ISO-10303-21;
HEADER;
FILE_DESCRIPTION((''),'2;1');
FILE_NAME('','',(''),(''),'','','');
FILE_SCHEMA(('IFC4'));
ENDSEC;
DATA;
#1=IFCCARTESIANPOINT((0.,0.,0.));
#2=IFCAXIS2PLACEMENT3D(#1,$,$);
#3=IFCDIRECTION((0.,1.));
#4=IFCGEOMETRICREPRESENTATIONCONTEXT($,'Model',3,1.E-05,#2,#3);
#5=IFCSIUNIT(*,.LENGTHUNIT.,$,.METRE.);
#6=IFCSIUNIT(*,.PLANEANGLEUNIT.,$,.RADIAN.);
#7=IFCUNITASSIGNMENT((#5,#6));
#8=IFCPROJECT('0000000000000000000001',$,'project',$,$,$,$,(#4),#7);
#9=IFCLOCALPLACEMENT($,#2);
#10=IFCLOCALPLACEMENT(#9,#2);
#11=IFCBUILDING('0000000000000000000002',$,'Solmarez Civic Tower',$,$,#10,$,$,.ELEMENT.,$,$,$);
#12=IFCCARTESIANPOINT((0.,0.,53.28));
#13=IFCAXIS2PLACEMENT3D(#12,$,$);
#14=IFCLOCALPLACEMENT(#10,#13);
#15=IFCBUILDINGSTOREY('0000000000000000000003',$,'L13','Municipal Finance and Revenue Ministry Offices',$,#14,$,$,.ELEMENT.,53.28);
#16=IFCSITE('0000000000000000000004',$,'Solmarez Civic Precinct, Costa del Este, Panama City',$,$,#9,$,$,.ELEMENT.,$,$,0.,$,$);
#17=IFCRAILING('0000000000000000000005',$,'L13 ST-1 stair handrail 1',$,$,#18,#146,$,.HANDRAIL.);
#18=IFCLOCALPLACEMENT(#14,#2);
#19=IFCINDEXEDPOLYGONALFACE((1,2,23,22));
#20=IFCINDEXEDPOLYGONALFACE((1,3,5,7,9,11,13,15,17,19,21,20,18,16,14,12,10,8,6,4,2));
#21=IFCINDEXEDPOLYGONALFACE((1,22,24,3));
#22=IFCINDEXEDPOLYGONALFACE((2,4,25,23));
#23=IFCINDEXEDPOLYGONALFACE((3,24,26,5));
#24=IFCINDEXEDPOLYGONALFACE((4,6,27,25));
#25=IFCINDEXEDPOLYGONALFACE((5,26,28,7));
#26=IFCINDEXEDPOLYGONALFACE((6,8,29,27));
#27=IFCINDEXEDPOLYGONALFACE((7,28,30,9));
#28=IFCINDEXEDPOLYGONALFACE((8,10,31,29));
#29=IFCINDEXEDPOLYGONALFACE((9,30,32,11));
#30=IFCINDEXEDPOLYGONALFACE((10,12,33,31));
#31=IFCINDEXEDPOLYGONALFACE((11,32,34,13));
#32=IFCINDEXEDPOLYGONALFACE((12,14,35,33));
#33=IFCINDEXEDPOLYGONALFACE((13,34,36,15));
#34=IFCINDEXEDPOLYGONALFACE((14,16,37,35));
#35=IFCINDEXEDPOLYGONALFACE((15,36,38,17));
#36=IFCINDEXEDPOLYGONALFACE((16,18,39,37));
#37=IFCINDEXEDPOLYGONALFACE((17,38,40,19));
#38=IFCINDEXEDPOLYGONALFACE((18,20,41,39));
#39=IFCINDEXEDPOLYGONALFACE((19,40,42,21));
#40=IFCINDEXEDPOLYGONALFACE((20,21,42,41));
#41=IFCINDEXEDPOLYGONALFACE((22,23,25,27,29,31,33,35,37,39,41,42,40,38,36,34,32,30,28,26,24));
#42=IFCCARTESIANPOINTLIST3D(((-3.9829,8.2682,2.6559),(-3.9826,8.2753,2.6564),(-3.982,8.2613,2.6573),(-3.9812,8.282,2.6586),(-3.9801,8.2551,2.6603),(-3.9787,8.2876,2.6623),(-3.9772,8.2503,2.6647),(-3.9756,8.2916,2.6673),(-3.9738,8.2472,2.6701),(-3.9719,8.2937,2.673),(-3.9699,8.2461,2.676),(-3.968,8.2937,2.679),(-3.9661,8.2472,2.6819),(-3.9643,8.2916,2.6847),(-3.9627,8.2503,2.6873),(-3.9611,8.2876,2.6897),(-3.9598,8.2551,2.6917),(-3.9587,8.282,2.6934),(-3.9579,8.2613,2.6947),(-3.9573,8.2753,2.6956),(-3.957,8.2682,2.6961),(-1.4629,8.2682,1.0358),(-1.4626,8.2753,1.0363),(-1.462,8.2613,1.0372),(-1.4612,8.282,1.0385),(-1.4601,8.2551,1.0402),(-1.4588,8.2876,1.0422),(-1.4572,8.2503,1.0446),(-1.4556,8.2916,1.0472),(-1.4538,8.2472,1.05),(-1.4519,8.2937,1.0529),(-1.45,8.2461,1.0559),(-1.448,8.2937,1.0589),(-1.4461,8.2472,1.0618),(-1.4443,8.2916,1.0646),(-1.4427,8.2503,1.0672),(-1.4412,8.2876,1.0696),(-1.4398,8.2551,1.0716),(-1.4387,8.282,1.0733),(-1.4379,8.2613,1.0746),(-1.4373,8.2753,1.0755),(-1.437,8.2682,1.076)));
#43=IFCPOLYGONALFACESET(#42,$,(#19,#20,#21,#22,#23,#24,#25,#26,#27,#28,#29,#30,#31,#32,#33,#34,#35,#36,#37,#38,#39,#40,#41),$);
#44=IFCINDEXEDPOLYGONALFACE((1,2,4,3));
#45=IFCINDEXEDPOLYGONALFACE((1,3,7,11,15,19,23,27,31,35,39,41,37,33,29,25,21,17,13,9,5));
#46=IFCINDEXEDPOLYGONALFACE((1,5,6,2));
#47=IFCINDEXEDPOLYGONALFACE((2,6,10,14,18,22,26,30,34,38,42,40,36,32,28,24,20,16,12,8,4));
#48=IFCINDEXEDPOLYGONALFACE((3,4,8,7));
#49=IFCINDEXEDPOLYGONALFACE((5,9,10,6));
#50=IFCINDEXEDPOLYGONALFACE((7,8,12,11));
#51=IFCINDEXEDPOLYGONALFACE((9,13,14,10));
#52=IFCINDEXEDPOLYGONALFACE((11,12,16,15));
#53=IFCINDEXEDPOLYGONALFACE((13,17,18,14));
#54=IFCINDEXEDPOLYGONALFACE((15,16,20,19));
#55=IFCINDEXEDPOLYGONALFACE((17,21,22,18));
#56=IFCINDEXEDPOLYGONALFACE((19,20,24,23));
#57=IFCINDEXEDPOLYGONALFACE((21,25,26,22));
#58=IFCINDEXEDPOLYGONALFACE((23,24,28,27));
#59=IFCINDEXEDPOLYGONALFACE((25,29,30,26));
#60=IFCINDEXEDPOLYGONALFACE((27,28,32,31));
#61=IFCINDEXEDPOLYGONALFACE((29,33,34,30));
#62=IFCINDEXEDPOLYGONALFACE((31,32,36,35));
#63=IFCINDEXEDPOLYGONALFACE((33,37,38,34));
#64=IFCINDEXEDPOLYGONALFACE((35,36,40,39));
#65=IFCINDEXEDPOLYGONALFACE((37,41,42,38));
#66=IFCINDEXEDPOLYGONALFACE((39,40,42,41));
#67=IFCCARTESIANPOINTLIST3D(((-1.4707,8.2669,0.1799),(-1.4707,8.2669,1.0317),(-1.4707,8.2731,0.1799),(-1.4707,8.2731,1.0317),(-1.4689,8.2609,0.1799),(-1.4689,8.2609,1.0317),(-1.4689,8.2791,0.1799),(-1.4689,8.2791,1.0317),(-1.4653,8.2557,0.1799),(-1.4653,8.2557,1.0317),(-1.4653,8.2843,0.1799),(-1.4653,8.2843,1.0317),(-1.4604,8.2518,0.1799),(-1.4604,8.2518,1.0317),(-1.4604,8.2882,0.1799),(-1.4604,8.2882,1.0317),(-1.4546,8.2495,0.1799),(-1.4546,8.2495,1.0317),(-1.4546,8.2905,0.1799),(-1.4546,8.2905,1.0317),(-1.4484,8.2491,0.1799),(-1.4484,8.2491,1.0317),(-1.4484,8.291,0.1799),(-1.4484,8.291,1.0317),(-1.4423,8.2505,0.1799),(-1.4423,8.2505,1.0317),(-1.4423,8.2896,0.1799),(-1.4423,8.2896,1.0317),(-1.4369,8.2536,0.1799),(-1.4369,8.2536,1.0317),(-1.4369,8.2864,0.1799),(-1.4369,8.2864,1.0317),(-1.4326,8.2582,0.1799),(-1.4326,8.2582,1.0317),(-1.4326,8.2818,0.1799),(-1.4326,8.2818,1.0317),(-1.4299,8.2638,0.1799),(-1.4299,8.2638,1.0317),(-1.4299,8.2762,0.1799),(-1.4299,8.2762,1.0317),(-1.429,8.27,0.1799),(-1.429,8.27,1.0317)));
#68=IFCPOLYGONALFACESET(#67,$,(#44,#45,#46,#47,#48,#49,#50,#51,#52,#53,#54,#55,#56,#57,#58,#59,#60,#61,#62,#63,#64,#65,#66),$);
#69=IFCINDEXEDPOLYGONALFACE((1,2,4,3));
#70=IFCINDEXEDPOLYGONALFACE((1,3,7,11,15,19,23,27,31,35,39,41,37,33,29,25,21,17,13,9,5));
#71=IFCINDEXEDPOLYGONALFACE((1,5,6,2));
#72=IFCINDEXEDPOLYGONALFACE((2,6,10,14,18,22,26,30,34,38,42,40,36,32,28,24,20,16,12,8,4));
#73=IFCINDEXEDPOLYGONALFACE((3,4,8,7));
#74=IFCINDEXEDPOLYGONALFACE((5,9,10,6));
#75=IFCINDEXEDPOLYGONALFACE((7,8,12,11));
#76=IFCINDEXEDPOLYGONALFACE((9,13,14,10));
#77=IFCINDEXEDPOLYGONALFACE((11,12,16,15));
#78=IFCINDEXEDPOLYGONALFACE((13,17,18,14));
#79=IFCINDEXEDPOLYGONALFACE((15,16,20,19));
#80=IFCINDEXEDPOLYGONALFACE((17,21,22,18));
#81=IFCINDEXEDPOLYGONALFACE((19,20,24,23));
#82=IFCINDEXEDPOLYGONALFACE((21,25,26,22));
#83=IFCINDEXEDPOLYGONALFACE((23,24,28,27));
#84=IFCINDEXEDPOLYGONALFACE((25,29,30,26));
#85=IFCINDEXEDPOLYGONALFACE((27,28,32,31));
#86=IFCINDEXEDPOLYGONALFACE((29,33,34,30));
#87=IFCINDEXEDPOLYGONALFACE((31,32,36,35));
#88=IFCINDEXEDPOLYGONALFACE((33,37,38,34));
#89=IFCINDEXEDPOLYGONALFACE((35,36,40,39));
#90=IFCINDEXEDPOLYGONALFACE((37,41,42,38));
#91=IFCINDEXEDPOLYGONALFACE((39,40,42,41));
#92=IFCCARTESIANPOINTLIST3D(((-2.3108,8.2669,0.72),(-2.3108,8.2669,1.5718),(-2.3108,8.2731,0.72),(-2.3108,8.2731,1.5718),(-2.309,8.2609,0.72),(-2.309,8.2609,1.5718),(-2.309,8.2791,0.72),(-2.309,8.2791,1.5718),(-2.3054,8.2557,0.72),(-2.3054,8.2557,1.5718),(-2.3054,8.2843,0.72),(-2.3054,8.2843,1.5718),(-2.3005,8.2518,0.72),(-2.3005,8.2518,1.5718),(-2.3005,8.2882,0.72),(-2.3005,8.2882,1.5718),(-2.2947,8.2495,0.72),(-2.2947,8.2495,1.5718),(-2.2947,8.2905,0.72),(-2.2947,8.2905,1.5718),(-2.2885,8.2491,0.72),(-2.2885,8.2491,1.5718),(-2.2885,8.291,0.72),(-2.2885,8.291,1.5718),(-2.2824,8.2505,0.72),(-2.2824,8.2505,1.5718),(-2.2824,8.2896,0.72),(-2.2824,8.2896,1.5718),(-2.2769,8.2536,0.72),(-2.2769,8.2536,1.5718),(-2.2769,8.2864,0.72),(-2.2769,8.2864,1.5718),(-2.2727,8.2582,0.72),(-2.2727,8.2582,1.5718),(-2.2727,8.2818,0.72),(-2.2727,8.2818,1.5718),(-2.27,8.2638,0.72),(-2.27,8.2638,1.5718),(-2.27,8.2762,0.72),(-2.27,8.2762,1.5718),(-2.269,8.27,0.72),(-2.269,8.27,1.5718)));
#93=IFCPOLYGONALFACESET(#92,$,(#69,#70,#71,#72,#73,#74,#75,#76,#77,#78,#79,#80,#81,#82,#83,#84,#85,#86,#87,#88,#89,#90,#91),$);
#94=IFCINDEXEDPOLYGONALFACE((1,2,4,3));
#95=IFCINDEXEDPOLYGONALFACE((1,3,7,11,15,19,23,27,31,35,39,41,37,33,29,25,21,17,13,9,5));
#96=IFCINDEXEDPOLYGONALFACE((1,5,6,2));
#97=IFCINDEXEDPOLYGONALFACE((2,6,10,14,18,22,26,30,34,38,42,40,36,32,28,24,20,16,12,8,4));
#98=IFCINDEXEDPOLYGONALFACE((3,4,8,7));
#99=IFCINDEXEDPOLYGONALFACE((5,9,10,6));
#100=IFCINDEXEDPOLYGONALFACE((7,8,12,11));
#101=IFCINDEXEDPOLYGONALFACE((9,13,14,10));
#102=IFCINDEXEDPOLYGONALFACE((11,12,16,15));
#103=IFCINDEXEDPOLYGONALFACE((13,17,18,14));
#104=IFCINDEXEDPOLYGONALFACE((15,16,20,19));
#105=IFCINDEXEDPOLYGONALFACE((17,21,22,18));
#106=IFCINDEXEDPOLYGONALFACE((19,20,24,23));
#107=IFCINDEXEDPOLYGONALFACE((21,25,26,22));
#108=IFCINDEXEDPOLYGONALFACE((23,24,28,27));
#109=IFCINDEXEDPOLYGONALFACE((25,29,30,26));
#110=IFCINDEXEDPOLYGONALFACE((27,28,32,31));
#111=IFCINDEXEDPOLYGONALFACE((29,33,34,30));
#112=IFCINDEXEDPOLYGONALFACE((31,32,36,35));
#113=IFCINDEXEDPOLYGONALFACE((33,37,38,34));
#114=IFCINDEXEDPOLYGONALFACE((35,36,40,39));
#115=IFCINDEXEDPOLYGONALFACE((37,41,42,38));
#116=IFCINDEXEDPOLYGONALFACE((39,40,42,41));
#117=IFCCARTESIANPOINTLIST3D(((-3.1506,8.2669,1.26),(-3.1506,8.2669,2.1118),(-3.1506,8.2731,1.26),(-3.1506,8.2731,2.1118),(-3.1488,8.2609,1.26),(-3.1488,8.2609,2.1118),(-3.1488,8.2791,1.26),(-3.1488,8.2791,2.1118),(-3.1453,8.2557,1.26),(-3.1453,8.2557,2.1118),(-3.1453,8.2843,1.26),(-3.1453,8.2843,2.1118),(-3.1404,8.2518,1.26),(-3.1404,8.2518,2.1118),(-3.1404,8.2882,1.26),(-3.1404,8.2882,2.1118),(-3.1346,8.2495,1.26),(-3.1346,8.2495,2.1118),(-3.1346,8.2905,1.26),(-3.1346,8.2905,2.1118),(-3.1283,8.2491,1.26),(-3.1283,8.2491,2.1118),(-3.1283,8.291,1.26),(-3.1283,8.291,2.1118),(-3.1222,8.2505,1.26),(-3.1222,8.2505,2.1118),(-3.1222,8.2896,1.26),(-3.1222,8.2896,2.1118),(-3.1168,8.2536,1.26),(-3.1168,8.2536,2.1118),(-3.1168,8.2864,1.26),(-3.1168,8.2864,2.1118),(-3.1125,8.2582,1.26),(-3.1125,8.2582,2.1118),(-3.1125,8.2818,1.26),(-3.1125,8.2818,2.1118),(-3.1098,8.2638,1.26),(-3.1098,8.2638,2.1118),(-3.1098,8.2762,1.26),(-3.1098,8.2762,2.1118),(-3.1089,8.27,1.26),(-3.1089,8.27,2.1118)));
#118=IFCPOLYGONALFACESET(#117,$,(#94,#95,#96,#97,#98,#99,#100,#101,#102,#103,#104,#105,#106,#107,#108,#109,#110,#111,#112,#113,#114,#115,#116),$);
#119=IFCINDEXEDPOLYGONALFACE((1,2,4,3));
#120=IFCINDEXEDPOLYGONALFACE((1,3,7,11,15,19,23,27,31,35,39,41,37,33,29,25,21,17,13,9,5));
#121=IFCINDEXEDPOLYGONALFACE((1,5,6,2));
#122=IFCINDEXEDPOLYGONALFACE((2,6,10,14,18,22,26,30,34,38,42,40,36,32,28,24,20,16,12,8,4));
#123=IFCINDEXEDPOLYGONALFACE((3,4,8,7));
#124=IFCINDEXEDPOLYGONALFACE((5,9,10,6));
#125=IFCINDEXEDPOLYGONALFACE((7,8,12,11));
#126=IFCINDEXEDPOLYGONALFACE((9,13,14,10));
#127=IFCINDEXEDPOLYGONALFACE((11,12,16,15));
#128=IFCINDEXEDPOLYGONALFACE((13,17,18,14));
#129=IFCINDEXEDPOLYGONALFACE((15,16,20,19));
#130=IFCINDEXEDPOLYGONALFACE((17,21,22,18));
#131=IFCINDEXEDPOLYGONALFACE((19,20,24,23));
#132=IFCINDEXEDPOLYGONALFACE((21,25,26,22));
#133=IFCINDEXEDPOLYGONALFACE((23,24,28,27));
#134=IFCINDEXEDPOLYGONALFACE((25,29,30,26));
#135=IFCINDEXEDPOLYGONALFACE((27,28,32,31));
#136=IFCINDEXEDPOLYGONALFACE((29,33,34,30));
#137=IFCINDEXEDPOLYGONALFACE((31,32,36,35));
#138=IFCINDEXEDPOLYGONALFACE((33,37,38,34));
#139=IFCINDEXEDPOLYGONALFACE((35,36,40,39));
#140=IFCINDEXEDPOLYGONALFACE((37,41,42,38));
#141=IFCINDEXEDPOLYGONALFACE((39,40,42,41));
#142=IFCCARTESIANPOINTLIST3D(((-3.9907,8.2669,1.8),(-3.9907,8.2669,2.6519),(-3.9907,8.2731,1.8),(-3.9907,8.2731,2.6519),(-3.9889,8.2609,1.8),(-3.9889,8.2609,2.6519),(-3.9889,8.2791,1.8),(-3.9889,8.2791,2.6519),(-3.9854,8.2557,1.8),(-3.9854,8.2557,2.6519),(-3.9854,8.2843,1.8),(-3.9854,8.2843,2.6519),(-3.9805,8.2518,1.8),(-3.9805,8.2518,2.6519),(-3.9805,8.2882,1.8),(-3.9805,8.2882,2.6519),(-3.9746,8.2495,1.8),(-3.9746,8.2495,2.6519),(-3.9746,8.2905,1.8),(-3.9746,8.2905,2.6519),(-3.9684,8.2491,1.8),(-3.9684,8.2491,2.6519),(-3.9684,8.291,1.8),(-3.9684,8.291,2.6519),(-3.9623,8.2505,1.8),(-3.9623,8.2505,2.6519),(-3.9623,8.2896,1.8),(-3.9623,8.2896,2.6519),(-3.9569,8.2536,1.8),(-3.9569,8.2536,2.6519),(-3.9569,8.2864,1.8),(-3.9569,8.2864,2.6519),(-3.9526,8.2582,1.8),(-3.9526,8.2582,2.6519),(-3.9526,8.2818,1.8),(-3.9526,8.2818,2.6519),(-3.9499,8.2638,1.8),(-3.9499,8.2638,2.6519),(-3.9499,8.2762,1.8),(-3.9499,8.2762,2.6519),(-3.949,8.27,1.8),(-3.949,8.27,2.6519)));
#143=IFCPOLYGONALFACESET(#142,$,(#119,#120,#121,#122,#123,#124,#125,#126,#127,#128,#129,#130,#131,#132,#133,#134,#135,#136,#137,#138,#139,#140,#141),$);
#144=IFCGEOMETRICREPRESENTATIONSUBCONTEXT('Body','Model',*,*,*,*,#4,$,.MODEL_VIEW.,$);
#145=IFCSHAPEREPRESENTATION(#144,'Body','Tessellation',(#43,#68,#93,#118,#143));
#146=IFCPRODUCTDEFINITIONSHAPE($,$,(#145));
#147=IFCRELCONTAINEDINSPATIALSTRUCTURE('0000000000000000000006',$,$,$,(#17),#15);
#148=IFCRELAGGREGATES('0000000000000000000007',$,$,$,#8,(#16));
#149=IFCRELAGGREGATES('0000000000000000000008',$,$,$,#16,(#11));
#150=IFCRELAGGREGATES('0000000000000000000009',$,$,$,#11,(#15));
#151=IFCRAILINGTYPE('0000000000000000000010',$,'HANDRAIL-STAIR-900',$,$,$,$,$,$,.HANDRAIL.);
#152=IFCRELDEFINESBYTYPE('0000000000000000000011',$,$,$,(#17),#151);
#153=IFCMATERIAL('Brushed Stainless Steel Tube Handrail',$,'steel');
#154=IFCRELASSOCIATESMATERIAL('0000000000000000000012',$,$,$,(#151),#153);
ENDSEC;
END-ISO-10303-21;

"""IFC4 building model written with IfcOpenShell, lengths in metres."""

from ifc_helpers import new_model, si_unit, direction, frame, origin, origin_2d, place, context, subcontext, project, spatial, circle, extrude, material, type_object, element, save


model = new_model("IFC4")

# Units and contexts
model_context = context("Model", 3, precision=1e-05, world=origin(), true_north=direction((0.0, 1.0)))
body_context = subcontext(model_context, "Body", "Model", "MODEL_VIEW")
ifc_project = project(units=[si_unit("LENGTHUNIT", "METRE"), si_unit("PLANEANGLEUNIT", "RADIAN")], contexts=[model_context])

# Site, building, storey
site_placement = place(None, origin())
site = spatial("IfcSite", under=ifc_project, at=site_placement, Name="Solmarez Civic Precinct, Costa del Este, Panama City", CompositionType="ELEMENT", RefElevation=0.0)
building_placement = place(site_placement, origin())
building = spatial("IfcBuilding", under=site, at=building_placement, Name="Solmarez Civic Tower", CompositionType="ELEMENT")
storey_placement = place(building_placement, frame((0.0, 0.0, 53.28)))
storey = spatial("IfcBuildingStorey", under=building, at=storey_placement, Name="L13", Description="Municipal Finance and Revenue Ministry Offices", CompositionType="ELEMENT", Elevation=53.28)

# Railing
ifc_material_1 = material(Name="Brushed Stainless Steel Tube Handrail", Category="steel")
railing_type_1 = type_object("IfcRailingType", Name="HANDRAIL-STAIR-900", PredefinedType="HANDRAIL", material=ifc_material_1)
railing_1_placement = place(storey_placement, frame((-1.45, 8.27, 0.1799)))
element("IfcRailing", 1, at=railing_1_placement, inside=storey, type_object=railing_type_1, Name="L13 ST-1 stair handrail 1", PredefinedType="HANDRAIL", context=body_context, shape_type="SweptSolid", body=[
    extrude(circle(Radius=0.0239, at=origin_2d()), frame((0.0, 0.0, 0.876), z_axis=(-0.841163, 0.0, 0.540782), x_axis=(0.0, -1.0, 0.0)), (0.0, 0.0, 1.0), 2.9958),
    extrude(circle(Radius=0.021, at=origin_2d()), origin(), (0.0, 0.0, 1.0), 0.8518),
    extrude(circle(Radius=0.021, at=origin_2d()), frame((-0.8401, 0.0, 0.54)), (0.0, 0.0, 1.0), 0.8518),
    extrude(circle(Radius=0.021, at=origin_2d()), frame((-1.6799, 0.0, 1.0801)), (0.0, 0.0, 1.0), 0.8518),
    extrude(circle(Radius=0.021, at=origin_2d()), frame((-2.52, 0.0, 1.6201)), (0.0, 0.0, 1.0), 0.8518),
])

save(model, "model.ifc")
